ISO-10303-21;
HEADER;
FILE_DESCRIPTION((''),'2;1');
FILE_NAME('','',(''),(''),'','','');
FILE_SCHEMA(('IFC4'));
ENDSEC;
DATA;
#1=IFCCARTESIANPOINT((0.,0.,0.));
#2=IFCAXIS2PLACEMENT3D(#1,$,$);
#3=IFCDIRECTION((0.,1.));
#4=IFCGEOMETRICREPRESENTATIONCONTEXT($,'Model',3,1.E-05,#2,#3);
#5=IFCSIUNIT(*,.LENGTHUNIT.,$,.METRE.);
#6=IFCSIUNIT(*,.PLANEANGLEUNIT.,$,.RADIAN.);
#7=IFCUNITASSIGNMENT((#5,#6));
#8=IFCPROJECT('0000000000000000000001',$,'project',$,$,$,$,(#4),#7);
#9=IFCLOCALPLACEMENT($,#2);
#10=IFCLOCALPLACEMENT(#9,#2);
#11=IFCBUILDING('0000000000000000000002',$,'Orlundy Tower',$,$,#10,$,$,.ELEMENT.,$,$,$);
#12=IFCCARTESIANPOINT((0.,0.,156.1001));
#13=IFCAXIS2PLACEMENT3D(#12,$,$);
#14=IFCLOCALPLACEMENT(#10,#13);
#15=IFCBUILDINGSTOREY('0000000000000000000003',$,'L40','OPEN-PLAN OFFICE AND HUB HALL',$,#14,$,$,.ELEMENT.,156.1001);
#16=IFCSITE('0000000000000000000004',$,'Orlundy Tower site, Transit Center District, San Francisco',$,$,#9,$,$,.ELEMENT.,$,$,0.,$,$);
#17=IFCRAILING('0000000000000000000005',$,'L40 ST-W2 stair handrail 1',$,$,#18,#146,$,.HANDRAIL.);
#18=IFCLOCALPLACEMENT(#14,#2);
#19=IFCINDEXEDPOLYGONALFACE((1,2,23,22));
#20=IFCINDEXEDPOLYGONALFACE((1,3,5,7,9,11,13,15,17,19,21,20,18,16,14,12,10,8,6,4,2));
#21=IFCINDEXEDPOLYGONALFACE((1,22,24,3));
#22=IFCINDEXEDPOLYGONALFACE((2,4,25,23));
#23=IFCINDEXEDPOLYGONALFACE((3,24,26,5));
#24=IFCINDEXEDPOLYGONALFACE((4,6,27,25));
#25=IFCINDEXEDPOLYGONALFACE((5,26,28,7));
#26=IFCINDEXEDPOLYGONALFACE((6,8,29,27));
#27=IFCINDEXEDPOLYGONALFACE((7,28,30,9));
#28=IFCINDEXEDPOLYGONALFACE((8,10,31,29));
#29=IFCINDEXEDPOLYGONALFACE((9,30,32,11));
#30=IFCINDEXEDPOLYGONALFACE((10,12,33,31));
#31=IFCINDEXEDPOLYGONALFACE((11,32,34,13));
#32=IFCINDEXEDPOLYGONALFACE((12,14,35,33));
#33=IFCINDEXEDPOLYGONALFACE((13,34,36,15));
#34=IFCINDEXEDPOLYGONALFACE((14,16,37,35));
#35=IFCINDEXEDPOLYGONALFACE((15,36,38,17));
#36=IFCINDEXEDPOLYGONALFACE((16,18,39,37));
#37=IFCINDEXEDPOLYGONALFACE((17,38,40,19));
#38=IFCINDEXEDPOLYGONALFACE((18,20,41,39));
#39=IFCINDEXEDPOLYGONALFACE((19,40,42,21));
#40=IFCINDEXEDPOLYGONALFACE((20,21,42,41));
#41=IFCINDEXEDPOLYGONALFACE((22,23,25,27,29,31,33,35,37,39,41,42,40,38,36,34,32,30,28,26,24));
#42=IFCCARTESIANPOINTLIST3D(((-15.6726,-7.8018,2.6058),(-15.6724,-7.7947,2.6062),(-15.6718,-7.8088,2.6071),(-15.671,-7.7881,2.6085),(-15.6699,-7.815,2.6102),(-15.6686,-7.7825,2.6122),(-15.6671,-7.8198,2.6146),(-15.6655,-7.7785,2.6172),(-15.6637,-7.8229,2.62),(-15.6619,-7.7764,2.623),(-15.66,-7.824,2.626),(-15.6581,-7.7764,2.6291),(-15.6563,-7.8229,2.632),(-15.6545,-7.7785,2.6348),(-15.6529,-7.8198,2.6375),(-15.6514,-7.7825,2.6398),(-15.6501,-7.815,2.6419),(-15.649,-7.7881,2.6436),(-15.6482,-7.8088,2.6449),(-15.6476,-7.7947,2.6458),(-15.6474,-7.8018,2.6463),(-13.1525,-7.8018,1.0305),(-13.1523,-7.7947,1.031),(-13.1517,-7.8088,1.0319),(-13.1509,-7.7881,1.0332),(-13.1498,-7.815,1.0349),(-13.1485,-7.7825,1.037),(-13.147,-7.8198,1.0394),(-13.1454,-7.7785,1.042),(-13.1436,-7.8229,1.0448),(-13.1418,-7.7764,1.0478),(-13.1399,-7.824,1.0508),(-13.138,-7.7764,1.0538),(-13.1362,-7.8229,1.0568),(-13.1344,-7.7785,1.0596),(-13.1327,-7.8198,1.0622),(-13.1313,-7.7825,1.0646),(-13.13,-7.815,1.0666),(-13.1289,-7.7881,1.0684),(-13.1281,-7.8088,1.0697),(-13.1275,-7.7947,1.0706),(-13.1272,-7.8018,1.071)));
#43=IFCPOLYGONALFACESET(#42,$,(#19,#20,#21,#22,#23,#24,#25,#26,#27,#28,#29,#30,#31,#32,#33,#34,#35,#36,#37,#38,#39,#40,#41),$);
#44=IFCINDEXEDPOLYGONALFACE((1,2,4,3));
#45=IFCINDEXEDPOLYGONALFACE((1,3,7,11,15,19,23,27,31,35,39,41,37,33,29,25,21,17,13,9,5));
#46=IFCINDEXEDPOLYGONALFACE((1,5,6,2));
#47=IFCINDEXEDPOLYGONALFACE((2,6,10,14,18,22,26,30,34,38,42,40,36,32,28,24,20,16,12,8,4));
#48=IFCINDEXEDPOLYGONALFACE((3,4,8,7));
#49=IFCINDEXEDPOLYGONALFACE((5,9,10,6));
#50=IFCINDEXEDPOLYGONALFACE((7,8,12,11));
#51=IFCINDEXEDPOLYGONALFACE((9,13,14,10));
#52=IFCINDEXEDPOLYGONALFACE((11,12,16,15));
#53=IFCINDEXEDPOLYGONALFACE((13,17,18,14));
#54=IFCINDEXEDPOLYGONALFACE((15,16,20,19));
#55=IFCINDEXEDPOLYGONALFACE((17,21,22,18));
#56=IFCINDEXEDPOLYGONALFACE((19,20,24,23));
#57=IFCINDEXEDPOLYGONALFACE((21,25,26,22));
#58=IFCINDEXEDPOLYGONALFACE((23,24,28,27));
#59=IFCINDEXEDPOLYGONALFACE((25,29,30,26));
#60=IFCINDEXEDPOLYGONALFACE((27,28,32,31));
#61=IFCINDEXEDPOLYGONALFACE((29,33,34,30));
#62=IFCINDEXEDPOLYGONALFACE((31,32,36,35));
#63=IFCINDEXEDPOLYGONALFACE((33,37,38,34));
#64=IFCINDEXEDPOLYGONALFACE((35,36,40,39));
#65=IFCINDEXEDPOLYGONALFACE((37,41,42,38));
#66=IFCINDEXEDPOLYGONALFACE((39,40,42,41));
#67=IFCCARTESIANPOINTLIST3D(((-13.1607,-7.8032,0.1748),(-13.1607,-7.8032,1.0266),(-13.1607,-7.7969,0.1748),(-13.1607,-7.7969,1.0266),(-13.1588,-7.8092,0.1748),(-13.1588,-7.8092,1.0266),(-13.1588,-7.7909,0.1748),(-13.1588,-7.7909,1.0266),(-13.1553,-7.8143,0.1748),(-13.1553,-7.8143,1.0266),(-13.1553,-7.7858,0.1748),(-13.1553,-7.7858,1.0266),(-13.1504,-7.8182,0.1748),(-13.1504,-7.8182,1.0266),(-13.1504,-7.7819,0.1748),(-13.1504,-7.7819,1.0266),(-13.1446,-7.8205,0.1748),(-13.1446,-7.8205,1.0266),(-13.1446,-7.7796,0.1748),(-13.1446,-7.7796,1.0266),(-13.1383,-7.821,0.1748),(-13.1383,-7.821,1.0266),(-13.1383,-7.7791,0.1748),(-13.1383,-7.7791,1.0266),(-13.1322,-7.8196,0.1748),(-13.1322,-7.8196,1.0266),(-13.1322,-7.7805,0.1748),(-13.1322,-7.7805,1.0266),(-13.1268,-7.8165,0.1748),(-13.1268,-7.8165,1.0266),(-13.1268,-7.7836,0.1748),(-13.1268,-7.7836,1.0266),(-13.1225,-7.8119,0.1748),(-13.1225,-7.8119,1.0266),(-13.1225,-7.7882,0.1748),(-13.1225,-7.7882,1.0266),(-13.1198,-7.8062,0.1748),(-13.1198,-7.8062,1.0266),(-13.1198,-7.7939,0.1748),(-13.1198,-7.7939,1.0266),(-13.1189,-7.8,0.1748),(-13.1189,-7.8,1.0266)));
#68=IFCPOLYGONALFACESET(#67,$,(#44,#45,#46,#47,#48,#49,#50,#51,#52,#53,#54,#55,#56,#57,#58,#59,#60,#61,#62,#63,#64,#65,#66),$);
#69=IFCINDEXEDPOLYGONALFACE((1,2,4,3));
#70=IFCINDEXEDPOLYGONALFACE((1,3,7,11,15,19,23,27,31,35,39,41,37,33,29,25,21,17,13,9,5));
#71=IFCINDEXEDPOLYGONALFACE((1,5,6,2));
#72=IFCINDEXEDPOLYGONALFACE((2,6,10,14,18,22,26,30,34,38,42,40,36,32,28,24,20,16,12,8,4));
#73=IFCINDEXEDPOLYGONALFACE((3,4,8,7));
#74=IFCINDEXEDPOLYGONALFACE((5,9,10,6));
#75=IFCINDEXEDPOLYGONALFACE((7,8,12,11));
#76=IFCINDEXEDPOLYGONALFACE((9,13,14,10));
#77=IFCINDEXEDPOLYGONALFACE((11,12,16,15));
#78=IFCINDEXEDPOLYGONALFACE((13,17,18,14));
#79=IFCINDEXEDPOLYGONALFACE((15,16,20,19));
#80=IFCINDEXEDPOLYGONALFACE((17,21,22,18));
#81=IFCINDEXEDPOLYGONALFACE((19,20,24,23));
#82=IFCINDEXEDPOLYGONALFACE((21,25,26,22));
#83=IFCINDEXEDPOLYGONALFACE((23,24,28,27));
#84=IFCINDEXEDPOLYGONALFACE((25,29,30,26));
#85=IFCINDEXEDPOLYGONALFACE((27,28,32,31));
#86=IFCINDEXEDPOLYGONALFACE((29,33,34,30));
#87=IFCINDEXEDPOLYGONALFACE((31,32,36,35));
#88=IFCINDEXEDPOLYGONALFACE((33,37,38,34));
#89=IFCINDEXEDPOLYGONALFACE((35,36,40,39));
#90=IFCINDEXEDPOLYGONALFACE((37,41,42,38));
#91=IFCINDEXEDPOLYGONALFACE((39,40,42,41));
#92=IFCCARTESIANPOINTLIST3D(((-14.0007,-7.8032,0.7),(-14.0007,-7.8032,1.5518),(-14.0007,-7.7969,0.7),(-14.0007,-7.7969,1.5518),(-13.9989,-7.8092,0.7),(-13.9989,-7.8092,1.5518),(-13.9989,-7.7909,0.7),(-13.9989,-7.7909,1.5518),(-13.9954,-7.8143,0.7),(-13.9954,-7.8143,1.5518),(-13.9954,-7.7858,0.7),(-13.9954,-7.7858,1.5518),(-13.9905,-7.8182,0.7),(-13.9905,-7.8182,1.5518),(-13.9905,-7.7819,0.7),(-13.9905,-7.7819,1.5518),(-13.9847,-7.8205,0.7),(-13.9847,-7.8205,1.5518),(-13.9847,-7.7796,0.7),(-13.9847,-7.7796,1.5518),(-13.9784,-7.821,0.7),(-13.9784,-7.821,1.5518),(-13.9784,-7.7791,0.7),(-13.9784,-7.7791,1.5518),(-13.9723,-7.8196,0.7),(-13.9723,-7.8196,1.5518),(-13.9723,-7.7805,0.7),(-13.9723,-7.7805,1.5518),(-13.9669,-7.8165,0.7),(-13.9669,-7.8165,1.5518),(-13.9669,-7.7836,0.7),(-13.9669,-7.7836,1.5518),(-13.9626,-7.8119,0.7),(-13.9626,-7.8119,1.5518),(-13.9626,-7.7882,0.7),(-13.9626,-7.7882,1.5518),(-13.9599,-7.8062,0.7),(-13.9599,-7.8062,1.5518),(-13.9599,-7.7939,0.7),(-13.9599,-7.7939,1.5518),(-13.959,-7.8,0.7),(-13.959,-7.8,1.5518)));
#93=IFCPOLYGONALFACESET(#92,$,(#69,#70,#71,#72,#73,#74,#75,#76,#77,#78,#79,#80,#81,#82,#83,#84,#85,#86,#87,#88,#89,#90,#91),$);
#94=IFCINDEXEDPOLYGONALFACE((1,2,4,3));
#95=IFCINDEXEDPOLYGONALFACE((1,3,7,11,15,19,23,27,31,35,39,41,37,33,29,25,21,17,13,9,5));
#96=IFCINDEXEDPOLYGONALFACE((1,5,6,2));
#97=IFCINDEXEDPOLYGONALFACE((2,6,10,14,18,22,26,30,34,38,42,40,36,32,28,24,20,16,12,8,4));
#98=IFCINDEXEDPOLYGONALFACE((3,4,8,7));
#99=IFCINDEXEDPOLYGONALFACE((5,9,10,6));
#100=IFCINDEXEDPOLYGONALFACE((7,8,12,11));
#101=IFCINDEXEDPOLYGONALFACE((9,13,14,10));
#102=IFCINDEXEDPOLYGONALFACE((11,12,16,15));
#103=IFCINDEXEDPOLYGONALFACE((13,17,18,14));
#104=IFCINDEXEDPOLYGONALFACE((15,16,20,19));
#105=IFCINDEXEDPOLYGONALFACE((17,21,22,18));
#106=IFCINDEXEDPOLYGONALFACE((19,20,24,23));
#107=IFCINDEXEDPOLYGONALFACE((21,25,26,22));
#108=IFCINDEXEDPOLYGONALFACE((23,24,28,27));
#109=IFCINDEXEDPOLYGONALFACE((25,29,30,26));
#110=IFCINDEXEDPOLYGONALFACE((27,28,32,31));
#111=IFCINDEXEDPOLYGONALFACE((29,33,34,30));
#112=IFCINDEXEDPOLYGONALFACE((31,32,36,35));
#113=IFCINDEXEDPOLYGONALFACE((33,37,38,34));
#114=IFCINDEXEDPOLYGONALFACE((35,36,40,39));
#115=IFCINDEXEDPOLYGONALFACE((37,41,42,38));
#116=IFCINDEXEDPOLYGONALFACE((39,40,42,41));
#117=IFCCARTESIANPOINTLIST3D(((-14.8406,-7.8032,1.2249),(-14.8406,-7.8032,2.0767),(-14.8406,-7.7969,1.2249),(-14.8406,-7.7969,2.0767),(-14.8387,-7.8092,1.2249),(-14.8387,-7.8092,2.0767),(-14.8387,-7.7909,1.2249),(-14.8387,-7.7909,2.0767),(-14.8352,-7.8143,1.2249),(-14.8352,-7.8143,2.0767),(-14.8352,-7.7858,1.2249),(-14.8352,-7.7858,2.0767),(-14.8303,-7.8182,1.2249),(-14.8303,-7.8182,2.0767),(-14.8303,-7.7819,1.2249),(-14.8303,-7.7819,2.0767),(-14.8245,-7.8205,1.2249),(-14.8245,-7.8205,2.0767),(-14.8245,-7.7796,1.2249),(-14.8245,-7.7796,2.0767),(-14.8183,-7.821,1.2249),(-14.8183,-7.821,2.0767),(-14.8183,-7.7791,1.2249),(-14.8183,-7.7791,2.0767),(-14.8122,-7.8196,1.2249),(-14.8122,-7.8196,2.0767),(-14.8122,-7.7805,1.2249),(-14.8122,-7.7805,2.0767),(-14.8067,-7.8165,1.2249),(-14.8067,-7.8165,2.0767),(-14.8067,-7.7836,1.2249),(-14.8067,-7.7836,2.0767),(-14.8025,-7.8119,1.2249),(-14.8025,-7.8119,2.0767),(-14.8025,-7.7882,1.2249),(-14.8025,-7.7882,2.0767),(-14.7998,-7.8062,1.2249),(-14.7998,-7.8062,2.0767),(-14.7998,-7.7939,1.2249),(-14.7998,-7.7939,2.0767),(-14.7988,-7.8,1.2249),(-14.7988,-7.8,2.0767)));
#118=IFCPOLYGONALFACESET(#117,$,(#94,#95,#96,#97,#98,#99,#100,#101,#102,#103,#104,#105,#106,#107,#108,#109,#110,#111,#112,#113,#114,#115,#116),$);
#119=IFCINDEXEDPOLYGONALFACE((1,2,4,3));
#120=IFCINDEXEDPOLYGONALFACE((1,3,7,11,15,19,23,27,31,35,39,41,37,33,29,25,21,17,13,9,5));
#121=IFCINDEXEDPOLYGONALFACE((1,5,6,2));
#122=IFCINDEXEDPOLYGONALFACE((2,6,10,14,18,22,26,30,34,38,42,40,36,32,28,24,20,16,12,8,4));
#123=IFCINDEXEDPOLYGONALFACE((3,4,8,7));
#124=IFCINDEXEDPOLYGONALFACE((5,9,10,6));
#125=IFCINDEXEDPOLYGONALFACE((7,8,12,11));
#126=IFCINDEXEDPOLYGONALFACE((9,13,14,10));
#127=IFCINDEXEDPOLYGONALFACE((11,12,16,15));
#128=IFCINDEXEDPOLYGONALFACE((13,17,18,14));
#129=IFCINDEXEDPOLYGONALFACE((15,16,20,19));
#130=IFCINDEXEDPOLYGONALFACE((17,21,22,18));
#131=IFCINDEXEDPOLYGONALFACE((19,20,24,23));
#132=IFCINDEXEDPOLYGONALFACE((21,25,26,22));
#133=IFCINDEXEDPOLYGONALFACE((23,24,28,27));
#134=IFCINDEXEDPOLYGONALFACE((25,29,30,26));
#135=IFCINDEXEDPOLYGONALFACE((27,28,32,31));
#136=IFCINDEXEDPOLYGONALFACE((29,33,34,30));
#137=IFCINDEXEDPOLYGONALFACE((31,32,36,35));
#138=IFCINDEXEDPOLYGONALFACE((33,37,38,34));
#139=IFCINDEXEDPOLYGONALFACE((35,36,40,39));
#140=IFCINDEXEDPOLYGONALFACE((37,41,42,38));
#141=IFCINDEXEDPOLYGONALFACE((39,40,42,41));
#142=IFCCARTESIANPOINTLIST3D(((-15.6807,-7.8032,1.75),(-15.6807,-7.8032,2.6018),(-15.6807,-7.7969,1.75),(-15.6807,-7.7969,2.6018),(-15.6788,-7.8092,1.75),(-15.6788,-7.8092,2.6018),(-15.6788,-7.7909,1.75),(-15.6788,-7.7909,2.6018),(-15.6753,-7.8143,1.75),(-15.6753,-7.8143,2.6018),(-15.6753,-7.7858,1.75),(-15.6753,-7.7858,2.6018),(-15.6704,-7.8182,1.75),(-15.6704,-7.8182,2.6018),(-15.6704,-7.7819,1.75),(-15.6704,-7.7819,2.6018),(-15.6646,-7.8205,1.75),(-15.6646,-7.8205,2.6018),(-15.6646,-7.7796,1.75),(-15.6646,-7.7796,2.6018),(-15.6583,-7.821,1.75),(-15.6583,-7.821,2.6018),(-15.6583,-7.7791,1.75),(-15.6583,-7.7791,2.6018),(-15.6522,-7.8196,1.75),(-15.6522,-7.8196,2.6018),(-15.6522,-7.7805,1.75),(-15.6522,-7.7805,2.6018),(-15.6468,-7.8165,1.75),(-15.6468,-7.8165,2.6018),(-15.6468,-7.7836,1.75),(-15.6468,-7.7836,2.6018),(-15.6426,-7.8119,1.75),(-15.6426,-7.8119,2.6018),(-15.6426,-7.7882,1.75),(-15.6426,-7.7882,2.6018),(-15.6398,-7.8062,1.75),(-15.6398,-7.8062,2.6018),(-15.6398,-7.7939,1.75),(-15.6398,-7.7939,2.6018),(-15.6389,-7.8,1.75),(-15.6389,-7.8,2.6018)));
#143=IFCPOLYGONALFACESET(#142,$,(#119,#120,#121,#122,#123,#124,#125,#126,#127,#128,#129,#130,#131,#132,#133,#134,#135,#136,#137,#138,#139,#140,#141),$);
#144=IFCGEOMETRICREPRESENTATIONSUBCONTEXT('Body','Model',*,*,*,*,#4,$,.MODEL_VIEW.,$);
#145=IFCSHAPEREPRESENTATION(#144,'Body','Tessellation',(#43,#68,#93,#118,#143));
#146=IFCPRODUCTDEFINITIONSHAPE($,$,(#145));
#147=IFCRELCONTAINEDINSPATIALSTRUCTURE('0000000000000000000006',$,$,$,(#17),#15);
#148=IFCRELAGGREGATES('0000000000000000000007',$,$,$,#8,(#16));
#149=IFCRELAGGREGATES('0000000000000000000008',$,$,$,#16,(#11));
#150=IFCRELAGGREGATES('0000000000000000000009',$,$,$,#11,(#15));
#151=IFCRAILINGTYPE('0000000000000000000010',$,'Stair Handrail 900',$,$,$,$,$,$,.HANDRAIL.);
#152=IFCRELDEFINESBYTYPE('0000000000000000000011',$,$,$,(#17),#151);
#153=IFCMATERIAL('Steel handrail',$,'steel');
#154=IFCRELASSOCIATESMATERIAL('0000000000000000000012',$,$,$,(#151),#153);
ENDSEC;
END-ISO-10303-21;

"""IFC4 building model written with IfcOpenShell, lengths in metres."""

from ifc_helpers import new_model, si_unit, direction, frame, origin, origin_2d, place, context, subcontext, project, spatial, circle, extrude, material, type_object, element, save


model = new_model("IFC4")

# Units and contexts
model_context = context("Model", 3, precision=1e-05, world=origin(), true_north=direction((0.0, 1.0)))
body_context = subcontext(model_context, "Body", "Model", "MODEL_VIEW")
ifc_project = project(units=[si_unit("LENGTHUNIT", "METRE"), si_unit("PLANEANGLEUNIT", "RADIAN")], contexts=[model_context])

# Site, building, storey
site_placement = place(None, origin())
site = spatial("IfcSite", under=ifc_project, at=site_placement, Name="Orlundy Tower site, Transit Center District, San Francisco", CompositionType="ELEMENT", RefElevation=0.0)
building_placement = place(site_placement, origin())
building = spatial("IfcBuilding", under=site, at=building_placement, Name="Orlundy Tower", CompositionType="ELEMENT")
storey_placement = place(building_placement, frame((0.0, 0.0, 156.1001)))
storey = spatial("IfcBuildingStorey", under=building, at=storey_placement, Name="L40", Description="OPEN-PLAN OFFICE AND HUB HALL", CompositionType="ELEMENT", Elevation=156.1001)

# Railing
ifc_material_1 = material(Name="Steel handrail", Category="steel")
railing_type_1 = type_object("IfcRailingType", Name="Stair Handrail 900", PredefinedType="HANDRAIL", material=ifc_material_1)
railing_1_placement = place(storey_placement, frame((-13.1399, -7.8, 0.1748)))
element("IfcRailing", 1, at=railing_1_placement, inside=storey, type_object=railing_type_1, Name="L40 ST-W2 stair handrail 1", PredefinedType="HANDRAIL", context=body_context, shape_type="SweptSolid", body=[
    extrude(circle(Radius=0.0239, at=origin_2d()), frame((0.0, 0.0, 0.876), z_axis=(-0.847971, 0.0, 0.530043), x_axis=(0.0, -1.0, 0.0)), (0.0, 0.0, 1.0), 2.9719),
    extrude(circle(Radius=0.021, at=origin_2d()), origin(), (0.0, 0.0, 1.0), 0.8518),
    extrude(circle(Radius=0.021, at=origin_2d()), frame((-0.8401, 0.0, 0.5251)), (0.0, 0.0, 1.0), 0.8518),
    extrude(circle(Radius=0.021, at=origin_2d()), frame((-1.6799, 0.0, 1.05)), (0.0, 0.0, 1.0), 0.8518),
    extrude(circle(Radius=0.021, at=origin_2d()), frame((-2.52, 0.0, 1.5752)), (0.0, 0.0, 1.0), 0.8518),
])

save(model, "model.ifc")
